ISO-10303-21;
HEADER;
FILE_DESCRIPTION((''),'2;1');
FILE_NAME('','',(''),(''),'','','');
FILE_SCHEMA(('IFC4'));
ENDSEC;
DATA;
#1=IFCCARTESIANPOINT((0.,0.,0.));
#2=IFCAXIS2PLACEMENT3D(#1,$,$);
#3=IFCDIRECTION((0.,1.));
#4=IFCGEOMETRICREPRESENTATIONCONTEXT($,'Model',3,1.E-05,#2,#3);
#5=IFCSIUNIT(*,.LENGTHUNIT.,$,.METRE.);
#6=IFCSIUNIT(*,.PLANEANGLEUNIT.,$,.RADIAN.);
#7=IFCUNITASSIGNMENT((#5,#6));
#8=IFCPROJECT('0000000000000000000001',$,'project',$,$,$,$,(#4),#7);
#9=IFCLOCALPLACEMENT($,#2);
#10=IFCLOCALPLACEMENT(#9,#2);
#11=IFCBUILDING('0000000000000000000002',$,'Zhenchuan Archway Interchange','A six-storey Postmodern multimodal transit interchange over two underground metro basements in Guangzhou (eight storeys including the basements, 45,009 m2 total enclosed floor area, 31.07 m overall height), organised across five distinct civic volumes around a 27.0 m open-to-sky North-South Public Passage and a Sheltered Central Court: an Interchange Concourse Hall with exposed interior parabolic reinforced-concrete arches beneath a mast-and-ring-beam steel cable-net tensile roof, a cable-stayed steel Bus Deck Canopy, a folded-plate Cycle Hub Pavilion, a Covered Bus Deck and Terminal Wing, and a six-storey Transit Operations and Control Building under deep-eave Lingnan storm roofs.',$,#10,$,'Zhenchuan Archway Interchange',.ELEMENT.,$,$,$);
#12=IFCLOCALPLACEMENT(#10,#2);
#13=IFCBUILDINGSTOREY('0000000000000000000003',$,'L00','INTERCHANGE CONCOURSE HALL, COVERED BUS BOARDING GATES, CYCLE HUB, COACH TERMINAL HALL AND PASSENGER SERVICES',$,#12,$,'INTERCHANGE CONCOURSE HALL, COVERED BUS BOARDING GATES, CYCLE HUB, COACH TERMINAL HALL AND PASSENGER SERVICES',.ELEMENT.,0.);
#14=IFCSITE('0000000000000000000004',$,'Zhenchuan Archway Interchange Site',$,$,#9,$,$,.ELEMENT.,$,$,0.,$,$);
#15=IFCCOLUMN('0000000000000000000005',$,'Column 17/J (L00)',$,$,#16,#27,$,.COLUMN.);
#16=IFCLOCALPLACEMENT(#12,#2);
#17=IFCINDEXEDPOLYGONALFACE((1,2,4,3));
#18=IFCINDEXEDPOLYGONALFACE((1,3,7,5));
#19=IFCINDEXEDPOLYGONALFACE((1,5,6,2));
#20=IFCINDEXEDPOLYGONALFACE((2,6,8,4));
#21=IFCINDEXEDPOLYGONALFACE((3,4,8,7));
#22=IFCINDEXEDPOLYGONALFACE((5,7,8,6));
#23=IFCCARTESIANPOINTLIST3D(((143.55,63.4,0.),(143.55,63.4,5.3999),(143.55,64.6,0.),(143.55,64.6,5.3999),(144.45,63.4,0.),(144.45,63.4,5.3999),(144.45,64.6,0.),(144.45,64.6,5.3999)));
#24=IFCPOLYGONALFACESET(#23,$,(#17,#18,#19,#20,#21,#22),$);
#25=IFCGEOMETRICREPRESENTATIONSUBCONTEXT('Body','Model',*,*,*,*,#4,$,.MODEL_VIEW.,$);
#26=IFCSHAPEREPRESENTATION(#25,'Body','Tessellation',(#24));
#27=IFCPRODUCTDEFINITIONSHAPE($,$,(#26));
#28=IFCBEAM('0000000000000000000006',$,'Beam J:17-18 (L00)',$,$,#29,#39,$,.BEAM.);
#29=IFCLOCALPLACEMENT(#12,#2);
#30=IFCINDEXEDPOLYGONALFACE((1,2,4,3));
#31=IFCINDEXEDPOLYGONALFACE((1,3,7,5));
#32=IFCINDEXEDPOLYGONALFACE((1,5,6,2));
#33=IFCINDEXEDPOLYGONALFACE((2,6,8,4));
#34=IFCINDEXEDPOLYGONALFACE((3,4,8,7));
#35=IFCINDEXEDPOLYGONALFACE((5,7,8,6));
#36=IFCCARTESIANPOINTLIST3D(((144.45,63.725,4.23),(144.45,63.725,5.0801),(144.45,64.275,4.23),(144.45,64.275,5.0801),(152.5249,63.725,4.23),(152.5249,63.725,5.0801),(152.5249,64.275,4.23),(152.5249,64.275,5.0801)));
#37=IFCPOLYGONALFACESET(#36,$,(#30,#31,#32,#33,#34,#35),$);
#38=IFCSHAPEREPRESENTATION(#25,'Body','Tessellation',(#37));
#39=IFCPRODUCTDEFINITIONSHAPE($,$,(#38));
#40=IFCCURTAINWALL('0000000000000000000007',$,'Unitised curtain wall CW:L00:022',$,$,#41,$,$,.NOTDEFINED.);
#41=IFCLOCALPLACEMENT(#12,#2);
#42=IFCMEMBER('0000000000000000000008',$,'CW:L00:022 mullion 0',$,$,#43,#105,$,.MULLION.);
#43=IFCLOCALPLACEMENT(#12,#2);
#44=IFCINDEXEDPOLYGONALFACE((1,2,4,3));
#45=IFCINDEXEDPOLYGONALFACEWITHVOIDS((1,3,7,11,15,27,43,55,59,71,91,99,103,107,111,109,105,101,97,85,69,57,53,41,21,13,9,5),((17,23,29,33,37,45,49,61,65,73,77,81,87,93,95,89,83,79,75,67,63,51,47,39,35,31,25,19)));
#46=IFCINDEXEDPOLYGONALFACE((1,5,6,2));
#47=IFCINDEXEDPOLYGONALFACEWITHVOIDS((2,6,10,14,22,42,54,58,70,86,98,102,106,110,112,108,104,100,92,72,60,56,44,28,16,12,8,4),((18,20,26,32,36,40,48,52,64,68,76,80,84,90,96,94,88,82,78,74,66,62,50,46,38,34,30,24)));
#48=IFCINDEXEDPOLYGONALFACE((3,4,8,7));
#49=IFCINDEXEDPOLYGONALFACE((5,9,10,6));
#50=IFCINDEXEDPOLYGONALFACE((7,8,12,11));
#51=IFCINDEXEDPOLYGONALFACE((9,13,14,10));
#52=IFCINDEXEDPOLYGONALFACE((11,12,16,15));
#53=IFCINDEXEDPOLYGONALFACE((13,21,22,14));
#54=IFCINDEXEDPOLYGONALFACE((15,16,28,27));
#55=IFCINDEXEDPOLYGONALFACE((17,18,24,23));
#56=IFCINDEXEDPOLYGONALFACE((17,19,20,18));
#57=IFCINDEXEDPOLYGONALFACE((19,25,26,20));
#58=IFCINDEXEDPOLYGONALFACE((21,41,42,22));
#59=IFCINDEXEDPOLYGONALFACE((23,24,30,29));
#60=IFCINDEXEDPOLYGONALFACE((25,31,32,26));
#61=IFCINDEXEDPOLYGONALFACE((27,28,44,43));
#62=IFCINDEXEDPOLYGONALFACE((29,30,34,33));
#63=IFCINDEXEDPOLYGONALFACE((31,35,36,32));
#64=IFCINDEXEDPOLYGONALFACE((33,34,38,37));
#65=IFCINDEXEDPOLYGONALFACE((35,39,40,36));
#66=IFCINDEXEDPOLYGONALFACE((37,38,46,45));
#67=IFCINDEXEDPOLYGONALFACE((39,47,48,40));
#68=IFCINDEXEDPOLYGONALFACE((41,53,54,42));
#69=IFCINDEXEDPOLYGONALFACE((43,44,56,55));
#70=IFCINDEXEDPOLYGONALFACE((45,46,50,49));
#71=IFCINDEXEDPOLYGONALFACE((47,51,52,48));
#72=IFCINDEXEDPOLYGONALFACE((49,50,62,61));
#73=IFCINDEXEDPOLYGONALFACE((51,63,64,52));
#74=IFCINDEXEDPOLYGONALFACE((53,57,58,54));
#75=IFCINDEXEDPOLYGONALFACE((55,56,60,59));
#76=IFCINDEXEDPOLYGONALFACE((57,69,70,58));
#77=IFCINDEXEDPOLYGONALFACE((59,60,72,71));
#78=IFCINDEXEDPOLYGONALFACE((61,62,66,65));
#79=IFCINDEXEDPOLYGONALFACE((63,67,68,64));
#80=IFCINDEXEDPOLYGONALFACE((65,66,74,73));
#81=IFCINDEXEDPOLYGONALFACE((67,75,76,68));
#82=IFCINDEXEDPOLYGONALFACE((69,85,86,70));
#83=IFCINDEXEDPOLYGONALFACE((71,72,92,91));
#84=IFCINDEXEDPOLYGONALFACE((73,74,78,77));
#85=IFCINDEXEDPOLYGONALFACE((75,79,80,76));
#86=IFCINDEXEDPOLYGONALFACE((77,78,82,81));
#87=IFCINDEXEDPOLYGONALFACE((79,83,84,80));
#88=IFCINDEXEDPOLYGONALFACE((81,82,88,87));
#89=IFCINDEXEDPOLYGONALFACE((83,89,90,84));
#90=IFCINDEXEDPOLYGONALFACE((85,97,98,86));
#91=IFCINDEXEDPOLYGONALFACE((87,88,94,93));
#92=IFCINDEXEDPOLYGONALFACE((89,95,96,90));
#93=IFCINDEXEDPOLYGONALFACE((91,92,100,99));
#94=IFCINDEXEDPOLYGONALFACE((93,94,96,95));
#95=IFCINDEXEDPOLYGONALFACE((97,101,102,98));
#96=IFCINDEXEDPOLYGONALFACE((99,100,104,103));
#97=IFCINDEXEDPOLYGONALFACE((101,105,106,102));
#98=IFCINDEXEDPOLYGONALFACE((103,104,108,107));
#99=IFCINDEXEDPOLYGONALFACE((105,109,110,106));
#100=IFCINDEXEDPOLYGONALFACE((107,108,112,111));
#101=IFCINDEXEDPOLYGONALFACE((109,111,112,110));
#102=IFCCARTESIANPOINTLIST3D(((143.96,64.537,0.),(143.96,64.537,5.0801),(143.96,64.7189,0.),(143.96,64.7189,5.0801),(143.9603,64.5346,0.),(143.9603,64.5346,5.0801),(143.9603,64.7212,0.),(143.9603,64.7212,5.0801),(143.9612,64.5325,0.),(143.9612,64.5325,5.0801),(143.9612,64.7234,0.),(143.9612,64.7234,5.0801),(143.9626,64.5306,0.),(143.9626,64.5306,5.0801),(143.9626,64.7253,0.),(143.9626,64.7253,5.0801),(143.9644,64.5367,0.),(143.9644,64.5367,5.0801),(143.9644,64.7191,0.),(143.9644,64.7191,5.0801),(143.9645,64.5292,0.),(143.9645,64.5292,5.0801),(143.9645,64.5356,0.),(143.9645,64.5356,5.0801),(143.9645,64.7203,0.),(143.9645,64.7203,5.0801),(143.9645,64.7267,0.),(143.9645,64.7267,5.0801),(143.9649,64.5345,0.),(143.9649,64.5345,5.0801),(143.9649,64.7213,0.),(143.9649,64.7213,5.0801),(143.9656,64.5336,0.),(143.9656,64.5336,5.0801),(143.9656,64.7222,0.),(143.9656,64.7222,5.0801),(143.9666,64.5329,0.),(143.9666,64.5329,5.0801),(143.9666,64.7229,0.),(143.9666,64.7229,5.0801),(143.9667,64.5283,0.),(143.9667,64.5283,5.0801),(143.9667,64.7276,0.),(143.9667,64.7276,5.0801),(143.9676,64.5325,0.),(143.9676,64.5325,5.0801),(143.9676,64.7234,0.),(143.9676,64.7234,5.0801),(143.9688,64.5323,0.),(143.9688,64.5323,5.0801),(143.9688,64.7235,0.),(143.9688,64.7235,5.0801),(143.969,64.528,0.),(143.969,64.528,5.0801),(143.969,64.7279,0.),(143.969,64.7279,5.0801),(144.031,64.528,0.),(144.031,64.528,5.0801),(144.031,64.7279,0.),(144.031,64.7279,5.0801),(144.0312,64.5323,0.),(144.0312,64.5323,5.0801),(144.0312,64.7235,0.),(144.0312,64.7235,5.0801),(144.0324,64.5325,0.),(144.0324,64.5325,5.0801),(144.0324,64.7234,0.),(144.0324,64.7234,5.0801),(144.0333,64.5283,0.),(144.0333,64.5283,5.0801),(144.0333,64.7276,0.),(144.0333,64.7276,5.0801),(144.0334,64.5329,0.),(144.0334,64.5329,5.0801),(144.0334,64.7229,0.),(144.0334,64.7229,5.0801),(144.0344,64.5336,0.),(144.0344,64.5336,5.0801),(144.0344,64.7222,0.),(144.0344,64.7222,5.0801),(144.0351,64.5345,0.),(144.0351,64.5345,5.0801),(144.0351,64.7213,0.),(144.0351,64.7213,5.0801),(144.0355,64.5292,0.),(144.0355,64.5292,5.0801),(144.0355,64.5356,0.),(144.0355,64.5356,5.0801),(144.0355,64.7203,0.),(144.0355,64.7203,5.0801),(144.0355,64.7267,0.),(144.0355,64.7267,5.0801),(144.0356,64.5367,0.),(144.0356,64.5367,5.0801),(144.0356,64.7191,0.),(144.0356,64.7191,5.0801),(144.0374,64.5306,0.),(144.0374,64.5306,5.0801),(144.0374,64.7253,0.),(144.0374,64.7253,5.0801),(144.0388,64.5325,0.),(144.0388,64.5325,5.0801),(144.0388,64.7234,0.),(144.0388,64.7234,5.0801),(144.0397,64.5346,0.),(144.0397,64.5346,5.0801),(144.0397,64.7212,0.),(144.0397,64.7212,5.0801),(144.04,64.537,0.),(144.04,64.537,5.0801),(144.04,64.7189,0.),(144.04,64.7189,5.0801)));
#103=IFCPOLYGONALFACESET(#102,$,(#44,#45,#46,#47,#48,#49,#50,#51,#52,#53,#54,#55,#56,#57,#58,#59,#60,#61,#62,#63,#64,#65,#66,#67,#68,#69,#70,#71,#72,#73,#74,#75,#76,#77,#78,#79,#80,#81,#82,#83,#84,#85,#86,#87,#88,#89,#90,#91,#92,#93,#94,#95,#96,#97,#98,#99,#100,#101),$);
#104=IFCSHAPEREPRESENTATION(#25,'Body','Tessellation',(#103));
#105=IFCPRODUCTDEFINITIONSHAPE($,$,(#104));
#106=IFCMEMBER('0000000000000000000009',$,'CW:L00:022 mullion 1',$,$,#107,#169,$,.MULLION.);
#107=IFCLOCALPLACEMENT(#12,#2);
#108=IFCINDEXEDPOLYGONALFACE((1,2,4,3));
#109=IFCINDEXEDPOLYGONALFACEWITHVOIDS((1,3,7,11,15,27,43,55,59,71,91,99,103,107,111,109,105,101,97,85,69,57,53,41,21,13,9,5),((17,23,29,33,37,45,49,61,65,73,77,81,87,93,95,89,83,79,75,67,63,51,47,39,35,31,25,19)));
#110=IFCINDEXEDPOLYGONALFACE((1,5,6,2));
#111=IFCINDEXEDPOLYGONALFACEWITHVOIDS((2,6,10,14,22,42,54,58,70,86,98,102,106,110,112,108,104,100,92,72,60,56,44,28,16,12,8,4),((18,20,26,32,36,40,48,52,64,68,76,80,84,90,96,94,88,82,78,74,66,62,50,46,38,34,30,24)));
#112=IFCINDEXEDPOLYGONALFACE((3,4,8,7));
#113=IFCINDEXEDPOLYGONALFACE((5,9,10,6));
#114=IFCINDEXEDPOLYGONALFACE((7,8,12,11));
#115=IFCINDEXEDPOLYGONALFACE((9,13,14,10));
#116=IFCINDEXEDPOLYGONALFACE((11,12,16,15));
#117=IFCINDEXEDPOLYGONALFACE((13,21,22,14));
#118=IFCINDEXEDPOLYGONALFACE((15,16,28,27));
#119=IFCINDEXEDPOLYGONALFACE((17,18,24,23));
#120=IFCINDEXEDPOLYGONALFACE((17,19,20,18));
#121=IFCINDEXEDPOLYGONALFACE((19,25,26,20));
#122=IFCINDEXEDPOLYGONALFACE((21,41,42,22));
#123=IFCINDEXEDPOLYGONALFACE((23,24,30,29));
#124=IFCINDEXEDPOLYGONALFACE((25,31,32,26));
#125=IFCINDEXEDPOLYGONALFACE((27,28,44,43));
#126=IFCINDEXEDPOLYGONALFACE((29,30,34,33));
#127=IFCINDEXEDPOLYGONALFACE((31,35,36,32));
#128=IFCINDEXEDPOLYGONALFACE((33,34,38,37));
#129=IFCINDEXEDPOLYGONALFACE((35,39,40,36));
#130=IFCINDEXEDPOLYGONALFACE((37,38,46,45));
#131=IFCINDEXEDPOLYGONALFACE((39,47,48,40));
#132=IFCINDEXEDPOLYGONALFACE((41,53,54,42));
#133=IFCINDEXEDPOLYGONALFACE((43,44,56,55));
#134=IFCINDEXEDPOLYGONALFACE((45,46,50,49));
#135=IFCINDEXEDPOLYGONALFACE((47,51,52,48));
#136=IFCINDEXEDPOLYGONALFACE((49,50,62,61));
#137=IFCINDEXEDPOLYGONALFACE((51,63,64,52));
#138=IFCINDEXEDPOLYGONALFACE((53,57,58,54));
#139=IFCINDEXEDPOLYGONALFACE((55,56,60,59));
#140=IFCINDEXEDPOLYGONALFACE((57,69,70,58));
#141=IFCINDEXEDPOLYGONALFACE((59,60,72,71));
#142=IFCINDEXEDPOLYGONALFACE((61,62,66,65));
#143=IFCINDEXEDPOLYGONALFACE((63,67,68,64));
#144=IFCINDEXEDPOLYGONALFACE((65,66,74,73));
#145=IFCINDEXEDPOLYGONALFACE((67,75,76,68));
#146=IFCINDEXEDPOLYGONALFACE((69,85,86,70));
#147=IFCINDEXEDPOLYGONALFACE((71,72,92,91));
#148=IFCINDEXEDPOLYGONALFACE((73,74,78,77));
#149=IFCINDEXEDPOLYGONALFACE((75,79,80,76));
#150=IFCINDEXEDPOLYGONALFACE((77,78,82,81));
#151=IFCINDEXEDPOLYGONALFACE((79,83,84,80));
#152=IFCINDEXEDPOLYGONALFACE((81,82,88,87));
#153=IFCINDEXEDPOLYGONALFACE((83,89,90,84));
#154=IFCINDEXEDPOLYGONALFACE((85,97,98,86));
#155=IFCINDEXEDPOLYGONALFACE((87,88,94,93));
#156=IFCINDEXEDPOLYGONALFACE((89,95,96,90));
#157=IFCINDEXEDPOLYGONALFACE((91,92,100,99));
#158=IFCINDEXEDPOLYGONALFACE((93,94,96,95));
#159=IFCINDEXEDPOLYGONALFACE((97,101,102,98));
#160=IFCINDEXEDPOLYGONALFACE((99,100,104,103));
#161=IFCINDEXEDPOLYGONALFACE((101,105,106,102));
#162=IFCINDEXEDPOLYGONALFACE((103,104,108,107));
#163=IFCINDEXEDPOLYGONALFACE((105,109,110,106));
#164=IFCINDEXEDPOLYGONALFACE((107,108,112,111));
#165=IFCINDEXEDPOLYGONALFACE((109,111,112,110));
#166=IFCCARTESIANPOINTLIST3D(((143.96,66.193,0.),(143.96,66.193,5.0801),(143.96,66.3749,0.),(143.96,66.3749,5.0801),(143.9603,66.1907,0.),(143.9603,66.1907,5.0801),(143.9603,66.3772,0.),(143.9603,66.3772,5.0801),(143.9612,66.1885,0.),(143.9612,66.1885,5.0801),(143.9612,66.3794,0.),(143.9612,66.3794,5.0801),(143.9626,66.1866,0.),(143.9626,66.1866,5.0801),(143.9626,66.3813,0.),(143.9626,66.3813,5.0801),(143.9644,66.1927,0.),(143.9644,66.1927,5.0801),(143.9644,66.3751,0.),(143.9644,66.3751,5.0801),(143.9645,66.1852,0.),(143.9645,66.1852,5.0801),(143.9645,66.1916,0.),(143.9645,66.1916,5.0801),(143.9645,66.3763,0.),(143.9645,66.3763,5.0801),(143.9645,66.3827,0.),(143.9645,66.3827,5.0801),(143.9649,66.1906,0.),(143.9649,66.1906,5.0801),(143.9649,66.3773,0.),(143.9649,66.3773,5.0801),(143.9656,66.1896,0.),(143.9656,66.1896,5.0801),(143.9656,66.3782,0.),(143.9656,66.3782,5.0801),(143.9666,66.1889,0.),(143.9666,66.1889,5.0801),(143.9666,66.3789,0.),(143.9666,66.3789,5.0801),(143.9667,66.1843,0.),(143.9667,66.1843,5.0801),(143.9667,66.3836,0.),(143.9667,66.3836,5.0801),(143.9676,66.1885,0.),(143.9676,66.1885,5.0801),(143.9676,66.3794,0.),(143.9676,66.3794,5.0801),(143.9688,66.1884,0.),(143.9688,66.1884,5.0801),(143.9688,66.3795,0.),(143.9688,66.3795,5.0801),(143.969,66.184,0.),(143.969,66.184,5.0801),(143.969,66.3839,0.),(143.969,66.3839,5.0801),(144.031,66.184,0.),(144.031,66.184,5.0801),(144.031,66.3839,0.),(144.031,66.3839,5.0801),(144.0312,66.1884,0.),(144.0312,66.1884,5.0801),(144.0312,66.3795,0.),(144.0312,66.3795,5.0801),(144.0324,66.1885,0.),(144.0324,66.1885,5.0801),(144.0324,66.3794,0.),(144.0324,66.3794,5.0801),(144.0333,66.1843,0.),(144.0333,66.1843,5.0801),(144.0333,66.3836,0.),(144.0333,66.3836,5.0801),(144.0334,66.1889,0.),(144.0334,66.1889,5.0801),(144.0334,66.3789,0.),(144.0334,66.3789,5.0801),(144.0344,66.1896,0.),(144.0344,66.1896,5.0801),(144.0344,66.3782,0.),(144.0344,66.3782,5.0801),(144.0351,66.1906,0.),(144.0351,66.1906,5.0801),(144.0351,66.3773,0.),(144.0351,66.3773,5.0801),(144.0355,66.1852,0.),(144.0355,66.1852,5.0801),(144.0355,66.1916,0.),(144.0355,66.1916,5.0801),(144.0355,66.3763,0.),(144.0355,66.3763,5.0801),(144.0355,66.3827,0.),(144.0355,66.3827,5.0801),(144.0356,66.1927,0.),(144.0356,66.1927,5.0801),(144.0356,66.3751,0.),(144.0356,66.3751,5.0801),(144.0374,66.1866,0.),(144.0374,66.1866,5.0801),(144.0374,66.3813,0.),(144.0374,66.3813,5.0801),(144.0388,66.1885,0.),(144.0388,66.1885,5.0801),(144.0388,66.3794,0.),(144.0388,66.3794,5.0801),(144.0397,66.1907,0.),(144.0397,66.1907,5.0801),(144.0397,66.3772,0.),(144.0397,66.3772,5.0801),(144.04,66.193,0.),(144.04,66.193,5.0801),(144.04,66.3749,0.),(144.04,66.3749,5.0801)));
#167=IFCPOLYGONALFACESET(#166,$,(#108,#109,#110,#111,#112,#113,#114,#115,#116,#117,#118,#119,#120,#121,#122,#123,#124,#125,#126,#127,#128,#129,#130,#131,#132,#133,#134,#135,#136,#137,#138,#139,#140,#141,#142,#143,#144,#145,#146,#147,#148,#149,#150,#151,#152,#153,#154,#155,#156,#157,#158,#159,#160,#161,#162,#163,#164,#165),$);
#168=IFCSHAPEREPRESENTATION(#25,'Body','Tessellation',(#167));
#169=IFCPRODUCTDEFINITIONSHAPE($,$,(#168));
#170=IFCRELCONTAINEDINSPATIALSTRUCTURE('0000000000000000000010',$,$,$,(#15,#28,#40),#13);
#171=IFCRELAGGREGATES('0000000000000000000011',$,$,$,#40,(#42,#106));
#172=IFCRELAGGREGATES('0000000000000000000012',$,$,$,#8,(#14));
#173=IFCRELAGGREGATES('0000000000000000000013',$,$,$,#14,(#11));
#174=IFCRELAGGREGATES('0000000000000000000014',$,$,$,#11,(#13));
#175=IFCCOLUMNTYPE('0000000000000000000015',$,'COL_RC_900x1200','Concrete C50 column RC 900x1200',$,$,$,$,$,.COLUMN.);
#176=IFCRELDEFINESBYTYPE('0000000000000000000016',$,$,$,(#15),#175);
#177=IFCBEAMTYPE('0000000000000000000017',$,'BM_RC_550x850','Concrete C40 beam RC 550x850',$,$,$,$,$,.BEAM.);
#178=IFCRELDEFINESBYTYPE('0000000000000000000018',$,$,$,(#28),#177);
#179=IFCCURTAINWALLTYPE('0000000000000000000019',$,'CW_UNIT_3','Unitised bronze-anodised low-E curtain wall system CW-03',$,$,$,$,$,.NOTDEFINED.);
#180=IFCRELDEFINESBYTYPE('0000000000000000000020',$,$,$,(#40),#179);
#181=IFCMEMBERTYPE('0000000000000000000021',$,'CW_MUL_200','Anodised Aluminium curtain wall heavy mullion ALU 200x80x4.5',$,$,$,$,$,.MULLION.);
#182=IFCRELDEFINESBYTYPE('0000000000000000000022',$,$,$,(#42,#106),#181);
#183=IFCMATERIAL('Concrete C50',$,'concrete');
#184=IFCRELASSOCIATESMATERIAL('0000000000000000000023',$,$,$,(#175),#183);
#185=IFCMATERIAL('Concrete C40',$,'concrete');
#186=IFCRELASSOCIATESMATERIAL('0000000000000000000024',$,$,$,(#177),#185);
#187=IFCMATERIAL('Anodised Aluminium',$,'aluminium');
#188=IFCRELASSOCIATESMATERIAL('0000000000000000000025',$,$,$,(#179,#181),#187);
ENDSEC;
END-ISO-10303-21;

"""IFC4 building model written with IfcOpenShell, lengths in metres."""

from ifc_helpers import new_model, si_unit, direction, frame, origin, origin_2d, place, context, subcontext, project, spatial, rectangle, hollow_rectangle, extrude, material, material_profile, profile_set, type_object, element, aggregate, save


model = new_model("IFC4")

# Units and contexts
model_context = context("Model", 3, precision=1e-05, world=origin(), true_north=direction((0.0, 1.0)))
body_context = subcontext(model_context, "Body", "Model", "MODEL_VIEW")
ifc_project = project(units=[si_unit("LENGTHUNIT", "METRE"), si_unit("PLANEANGLEUNIT", "RADIAN")], contexts=[model_context])

# Site, building, storey
site_placement = place(None, origin())
site = spatial("IfcSite", under=ifc_project, at=site_placement, Name="Zhenchuan Archway Interchange Site", CompositionType="ELEMENT", RefElevation=0.0)
building_placement = place(site_placement, origin())
building = spatial("IfcBuilding", under=site, at=building_placement, Name="Zhenchuan Archway Interchange", Description="A six-storey Postmodern multimodal transit interchange over two underground metro basements in Guangzhou (eight storeys including the basements, 45,009 m2 total enclosed floor area, 31.07 m overall height), organised across five distinct civic volumes around a 27.0 m open-to-sky North-South Public Passage and a Sheltered Central Court: an Interchange Concourse Hall with exposed interior parabolic reinforced-concrete arches beneath a mast-and-ring-beam steel cable-net tensile roof, a cable-stayed steel Bus Deck Canopy, a folded-plate Cycle Hub Pavilion, a Covered Bus Deck and Terminal Wing, and a six-storey Transit Operations and Control Building under deep-eave Lingnan storm roofs.", LongName="Zhenchuan Archway Interchange", CompositionType="ELEMENT")
storey_placement = place(building_placement, origin())
storey = spatial("IfcBuildingStorey", under=building, at=storey_placement, Name="L00", Description="INTERCHANGE CONCOURSE HALL, COVERED BUS BOARDING GATES, CYCLE HUB, COACH TERMINAL HALL AND PASSENGER SERVICES", LongName="INTERCHANGE CONCOURSE HALL, COVERED BUS BOARDING GATES, CYCLE HUB, COACH TERMINAL HALL AND PASSENGER SERVICES", CompositionType="ELEMENT", Elevation=0.0)

# Column
ifc_material_1 = material(Name="Concrete C50", Category="concrete")
ifc_material_profile_1 = material_profile(ifc_material_1, rectangle(XDim=0.8999, YDim=1.2, at=origin_2d()), Name="RC 900x1200")
ifc_profile_set_1 = profile_set([ifc_material_profile_1], Name="Concrete C50")
column_type = type_object("IfcColumnType", Name="COL_RC_900x1200", Description="Concrete C50 column RC 900x1200", PredefinedType="COLUMN", material=ifc_profile_set_1)
column_placement = place(storey_placement, frame((144.0, 64.0, 0.0), z_axis=(0.0, 0.0, 1.0), x_axis=(1.0, 0.0, 0.0)))
element("IfcColumn", 1, at=column_placement, inside=storey, type_object=column_type, Name="Column 17/J (L00)", PredefinedType="COLUMN", context=body_context, shape_type="SweptSolid", body=[
    extrude(rectangle(XDim=0.8999, YDim=1.2, at=origin_2d()), origin(), (0.0, 0.0, 1.0), 5.3999),
])

# Beam
ifc_material_2 = material(Name="Concrete C40", Category="concrete")
ifc_material_profile_2 = material_profile(ifc_material_2, rectangle(XDim=0.55, YDim=0.8501, at=origin_2d()), Name="RC 550x850")
ifc_profile_set_2 = profile_set([ifc_material_profile_2], Name="Concrete C40")
beam_type_1 = type_object("IfcBeamType", Name="BM_RC_550x850", Description="Concrete C40 beam RC 550x850", PredefinedType="BEAM", material=ifc_profile_set_2)
beam_1_placement = place(storey_placement, frame((144.45, 64.0, 4.655), z_axis=(1.0, 0.0, 0.0), x_axis=(0.0, 1.0, 0.0)))
element("IfcBeam", 2, at=beam_1_placement, inside=storey, type_object=beam_type_1, Name="Beam J:17-18 (L00)", PredefinedType="BEAM", context=body_context, shape_type="SweptSolid", body=[
    extrude(rectangle(XDim=0.55, YDim=0.8501, at=origin_2d()), origin(), (0.0, 0.0, 1.0), 8.075),
])

# Curtain wall, members
ifc_material_3 = material(Name="Anodised Aluminium", Category="aluminium")
curtain_wall_type = type_object("IfcCurtainWallType", Name="CW_UNIT_3", Description="Unitised bronze-anodised low-E curtain wall system CW-03", PredefinedType="NOTDEFINED", material=ifc_material_3)
curtain_wall_placement = place(storey_placement, origin())
curtain_wall = element("IfcCurtainWall", 3, at=curtain_wall_placement, inside=storey, type_object=curtain_wall_type, Name="Unitised curtain wall CW:L00:022", PredefinedType="NOTDEFINED")
ifc_material_profile_3 = material_profile(ifc_material_3, hollow_rectangle(XDim=0.0801, YDim=0.2, WallThickness=0.0044, InnerFilletRadius=0.0044, OuterFilletRadius=0.009, at=origin_2d()), Name="ALU 200x80x4.5")
ifc_profile_set_3 = profile_set([ifc_material_profile_3], Name="Anodised Aluminium")
member_type_1 = type_object("IfcMemberType", Name="CW_MUL_200", Description="Anodised Aluminium curtain wall heavy mullion ALU 200x80x4.5", PredefinedType="MULLION", material=ifc_profile_set_3)
member_1_placement = place(storey_placement, frame((144.0, 64.6279, 0.0), z_axis=(0.0, 0.0, 1.0), x_axis=(1.0, 0.0, 0.0)))
member_1 = element("IfcMember", 4, at=member_1_placement, type_object=member_type_1, Name="CW:L00:022 mullion 0", PredefinedType="MULLION", context=body_context, shape_type="SweptSolid", body=[
    extrude(hollow_rectangle(XDim=0.0801, YDim=0.2, WallThickness=0.0044, InnerFilletRadius=0.0044, OuterFilletRadius=0.009, at=origin_2d()), origin(), (0.0, 0.0, 1.0), 5.0801),
])
member_2_placement = place(storey_placement, frame((144.0, 66.2839, 0.0), z_axis=(0.0, 0.0, 1.0), x_axis=(1.0, 0.0, 0.0)))
member_2 = element("IfcMember", 5, at=member_2_placement, type_object=member_type_1, Name="CW:L00:022 mullion 1", PredefinedType="MULLION", context=body_context, shape_type="SweptSolid", body=[
    extrude(hollow_rectangle(XDim=0.0801, YDim=0.2, WallThickness=0.0044, InnerFilletRadius=0.0044, OuterFilletRadius=0.009, at=origin_2d()), origin(), (0.0, 0.0, 1.0), 5.0801),
])

aggregate(curtain_wall, [member_1, member_2])

save(model, "model.ifc")
